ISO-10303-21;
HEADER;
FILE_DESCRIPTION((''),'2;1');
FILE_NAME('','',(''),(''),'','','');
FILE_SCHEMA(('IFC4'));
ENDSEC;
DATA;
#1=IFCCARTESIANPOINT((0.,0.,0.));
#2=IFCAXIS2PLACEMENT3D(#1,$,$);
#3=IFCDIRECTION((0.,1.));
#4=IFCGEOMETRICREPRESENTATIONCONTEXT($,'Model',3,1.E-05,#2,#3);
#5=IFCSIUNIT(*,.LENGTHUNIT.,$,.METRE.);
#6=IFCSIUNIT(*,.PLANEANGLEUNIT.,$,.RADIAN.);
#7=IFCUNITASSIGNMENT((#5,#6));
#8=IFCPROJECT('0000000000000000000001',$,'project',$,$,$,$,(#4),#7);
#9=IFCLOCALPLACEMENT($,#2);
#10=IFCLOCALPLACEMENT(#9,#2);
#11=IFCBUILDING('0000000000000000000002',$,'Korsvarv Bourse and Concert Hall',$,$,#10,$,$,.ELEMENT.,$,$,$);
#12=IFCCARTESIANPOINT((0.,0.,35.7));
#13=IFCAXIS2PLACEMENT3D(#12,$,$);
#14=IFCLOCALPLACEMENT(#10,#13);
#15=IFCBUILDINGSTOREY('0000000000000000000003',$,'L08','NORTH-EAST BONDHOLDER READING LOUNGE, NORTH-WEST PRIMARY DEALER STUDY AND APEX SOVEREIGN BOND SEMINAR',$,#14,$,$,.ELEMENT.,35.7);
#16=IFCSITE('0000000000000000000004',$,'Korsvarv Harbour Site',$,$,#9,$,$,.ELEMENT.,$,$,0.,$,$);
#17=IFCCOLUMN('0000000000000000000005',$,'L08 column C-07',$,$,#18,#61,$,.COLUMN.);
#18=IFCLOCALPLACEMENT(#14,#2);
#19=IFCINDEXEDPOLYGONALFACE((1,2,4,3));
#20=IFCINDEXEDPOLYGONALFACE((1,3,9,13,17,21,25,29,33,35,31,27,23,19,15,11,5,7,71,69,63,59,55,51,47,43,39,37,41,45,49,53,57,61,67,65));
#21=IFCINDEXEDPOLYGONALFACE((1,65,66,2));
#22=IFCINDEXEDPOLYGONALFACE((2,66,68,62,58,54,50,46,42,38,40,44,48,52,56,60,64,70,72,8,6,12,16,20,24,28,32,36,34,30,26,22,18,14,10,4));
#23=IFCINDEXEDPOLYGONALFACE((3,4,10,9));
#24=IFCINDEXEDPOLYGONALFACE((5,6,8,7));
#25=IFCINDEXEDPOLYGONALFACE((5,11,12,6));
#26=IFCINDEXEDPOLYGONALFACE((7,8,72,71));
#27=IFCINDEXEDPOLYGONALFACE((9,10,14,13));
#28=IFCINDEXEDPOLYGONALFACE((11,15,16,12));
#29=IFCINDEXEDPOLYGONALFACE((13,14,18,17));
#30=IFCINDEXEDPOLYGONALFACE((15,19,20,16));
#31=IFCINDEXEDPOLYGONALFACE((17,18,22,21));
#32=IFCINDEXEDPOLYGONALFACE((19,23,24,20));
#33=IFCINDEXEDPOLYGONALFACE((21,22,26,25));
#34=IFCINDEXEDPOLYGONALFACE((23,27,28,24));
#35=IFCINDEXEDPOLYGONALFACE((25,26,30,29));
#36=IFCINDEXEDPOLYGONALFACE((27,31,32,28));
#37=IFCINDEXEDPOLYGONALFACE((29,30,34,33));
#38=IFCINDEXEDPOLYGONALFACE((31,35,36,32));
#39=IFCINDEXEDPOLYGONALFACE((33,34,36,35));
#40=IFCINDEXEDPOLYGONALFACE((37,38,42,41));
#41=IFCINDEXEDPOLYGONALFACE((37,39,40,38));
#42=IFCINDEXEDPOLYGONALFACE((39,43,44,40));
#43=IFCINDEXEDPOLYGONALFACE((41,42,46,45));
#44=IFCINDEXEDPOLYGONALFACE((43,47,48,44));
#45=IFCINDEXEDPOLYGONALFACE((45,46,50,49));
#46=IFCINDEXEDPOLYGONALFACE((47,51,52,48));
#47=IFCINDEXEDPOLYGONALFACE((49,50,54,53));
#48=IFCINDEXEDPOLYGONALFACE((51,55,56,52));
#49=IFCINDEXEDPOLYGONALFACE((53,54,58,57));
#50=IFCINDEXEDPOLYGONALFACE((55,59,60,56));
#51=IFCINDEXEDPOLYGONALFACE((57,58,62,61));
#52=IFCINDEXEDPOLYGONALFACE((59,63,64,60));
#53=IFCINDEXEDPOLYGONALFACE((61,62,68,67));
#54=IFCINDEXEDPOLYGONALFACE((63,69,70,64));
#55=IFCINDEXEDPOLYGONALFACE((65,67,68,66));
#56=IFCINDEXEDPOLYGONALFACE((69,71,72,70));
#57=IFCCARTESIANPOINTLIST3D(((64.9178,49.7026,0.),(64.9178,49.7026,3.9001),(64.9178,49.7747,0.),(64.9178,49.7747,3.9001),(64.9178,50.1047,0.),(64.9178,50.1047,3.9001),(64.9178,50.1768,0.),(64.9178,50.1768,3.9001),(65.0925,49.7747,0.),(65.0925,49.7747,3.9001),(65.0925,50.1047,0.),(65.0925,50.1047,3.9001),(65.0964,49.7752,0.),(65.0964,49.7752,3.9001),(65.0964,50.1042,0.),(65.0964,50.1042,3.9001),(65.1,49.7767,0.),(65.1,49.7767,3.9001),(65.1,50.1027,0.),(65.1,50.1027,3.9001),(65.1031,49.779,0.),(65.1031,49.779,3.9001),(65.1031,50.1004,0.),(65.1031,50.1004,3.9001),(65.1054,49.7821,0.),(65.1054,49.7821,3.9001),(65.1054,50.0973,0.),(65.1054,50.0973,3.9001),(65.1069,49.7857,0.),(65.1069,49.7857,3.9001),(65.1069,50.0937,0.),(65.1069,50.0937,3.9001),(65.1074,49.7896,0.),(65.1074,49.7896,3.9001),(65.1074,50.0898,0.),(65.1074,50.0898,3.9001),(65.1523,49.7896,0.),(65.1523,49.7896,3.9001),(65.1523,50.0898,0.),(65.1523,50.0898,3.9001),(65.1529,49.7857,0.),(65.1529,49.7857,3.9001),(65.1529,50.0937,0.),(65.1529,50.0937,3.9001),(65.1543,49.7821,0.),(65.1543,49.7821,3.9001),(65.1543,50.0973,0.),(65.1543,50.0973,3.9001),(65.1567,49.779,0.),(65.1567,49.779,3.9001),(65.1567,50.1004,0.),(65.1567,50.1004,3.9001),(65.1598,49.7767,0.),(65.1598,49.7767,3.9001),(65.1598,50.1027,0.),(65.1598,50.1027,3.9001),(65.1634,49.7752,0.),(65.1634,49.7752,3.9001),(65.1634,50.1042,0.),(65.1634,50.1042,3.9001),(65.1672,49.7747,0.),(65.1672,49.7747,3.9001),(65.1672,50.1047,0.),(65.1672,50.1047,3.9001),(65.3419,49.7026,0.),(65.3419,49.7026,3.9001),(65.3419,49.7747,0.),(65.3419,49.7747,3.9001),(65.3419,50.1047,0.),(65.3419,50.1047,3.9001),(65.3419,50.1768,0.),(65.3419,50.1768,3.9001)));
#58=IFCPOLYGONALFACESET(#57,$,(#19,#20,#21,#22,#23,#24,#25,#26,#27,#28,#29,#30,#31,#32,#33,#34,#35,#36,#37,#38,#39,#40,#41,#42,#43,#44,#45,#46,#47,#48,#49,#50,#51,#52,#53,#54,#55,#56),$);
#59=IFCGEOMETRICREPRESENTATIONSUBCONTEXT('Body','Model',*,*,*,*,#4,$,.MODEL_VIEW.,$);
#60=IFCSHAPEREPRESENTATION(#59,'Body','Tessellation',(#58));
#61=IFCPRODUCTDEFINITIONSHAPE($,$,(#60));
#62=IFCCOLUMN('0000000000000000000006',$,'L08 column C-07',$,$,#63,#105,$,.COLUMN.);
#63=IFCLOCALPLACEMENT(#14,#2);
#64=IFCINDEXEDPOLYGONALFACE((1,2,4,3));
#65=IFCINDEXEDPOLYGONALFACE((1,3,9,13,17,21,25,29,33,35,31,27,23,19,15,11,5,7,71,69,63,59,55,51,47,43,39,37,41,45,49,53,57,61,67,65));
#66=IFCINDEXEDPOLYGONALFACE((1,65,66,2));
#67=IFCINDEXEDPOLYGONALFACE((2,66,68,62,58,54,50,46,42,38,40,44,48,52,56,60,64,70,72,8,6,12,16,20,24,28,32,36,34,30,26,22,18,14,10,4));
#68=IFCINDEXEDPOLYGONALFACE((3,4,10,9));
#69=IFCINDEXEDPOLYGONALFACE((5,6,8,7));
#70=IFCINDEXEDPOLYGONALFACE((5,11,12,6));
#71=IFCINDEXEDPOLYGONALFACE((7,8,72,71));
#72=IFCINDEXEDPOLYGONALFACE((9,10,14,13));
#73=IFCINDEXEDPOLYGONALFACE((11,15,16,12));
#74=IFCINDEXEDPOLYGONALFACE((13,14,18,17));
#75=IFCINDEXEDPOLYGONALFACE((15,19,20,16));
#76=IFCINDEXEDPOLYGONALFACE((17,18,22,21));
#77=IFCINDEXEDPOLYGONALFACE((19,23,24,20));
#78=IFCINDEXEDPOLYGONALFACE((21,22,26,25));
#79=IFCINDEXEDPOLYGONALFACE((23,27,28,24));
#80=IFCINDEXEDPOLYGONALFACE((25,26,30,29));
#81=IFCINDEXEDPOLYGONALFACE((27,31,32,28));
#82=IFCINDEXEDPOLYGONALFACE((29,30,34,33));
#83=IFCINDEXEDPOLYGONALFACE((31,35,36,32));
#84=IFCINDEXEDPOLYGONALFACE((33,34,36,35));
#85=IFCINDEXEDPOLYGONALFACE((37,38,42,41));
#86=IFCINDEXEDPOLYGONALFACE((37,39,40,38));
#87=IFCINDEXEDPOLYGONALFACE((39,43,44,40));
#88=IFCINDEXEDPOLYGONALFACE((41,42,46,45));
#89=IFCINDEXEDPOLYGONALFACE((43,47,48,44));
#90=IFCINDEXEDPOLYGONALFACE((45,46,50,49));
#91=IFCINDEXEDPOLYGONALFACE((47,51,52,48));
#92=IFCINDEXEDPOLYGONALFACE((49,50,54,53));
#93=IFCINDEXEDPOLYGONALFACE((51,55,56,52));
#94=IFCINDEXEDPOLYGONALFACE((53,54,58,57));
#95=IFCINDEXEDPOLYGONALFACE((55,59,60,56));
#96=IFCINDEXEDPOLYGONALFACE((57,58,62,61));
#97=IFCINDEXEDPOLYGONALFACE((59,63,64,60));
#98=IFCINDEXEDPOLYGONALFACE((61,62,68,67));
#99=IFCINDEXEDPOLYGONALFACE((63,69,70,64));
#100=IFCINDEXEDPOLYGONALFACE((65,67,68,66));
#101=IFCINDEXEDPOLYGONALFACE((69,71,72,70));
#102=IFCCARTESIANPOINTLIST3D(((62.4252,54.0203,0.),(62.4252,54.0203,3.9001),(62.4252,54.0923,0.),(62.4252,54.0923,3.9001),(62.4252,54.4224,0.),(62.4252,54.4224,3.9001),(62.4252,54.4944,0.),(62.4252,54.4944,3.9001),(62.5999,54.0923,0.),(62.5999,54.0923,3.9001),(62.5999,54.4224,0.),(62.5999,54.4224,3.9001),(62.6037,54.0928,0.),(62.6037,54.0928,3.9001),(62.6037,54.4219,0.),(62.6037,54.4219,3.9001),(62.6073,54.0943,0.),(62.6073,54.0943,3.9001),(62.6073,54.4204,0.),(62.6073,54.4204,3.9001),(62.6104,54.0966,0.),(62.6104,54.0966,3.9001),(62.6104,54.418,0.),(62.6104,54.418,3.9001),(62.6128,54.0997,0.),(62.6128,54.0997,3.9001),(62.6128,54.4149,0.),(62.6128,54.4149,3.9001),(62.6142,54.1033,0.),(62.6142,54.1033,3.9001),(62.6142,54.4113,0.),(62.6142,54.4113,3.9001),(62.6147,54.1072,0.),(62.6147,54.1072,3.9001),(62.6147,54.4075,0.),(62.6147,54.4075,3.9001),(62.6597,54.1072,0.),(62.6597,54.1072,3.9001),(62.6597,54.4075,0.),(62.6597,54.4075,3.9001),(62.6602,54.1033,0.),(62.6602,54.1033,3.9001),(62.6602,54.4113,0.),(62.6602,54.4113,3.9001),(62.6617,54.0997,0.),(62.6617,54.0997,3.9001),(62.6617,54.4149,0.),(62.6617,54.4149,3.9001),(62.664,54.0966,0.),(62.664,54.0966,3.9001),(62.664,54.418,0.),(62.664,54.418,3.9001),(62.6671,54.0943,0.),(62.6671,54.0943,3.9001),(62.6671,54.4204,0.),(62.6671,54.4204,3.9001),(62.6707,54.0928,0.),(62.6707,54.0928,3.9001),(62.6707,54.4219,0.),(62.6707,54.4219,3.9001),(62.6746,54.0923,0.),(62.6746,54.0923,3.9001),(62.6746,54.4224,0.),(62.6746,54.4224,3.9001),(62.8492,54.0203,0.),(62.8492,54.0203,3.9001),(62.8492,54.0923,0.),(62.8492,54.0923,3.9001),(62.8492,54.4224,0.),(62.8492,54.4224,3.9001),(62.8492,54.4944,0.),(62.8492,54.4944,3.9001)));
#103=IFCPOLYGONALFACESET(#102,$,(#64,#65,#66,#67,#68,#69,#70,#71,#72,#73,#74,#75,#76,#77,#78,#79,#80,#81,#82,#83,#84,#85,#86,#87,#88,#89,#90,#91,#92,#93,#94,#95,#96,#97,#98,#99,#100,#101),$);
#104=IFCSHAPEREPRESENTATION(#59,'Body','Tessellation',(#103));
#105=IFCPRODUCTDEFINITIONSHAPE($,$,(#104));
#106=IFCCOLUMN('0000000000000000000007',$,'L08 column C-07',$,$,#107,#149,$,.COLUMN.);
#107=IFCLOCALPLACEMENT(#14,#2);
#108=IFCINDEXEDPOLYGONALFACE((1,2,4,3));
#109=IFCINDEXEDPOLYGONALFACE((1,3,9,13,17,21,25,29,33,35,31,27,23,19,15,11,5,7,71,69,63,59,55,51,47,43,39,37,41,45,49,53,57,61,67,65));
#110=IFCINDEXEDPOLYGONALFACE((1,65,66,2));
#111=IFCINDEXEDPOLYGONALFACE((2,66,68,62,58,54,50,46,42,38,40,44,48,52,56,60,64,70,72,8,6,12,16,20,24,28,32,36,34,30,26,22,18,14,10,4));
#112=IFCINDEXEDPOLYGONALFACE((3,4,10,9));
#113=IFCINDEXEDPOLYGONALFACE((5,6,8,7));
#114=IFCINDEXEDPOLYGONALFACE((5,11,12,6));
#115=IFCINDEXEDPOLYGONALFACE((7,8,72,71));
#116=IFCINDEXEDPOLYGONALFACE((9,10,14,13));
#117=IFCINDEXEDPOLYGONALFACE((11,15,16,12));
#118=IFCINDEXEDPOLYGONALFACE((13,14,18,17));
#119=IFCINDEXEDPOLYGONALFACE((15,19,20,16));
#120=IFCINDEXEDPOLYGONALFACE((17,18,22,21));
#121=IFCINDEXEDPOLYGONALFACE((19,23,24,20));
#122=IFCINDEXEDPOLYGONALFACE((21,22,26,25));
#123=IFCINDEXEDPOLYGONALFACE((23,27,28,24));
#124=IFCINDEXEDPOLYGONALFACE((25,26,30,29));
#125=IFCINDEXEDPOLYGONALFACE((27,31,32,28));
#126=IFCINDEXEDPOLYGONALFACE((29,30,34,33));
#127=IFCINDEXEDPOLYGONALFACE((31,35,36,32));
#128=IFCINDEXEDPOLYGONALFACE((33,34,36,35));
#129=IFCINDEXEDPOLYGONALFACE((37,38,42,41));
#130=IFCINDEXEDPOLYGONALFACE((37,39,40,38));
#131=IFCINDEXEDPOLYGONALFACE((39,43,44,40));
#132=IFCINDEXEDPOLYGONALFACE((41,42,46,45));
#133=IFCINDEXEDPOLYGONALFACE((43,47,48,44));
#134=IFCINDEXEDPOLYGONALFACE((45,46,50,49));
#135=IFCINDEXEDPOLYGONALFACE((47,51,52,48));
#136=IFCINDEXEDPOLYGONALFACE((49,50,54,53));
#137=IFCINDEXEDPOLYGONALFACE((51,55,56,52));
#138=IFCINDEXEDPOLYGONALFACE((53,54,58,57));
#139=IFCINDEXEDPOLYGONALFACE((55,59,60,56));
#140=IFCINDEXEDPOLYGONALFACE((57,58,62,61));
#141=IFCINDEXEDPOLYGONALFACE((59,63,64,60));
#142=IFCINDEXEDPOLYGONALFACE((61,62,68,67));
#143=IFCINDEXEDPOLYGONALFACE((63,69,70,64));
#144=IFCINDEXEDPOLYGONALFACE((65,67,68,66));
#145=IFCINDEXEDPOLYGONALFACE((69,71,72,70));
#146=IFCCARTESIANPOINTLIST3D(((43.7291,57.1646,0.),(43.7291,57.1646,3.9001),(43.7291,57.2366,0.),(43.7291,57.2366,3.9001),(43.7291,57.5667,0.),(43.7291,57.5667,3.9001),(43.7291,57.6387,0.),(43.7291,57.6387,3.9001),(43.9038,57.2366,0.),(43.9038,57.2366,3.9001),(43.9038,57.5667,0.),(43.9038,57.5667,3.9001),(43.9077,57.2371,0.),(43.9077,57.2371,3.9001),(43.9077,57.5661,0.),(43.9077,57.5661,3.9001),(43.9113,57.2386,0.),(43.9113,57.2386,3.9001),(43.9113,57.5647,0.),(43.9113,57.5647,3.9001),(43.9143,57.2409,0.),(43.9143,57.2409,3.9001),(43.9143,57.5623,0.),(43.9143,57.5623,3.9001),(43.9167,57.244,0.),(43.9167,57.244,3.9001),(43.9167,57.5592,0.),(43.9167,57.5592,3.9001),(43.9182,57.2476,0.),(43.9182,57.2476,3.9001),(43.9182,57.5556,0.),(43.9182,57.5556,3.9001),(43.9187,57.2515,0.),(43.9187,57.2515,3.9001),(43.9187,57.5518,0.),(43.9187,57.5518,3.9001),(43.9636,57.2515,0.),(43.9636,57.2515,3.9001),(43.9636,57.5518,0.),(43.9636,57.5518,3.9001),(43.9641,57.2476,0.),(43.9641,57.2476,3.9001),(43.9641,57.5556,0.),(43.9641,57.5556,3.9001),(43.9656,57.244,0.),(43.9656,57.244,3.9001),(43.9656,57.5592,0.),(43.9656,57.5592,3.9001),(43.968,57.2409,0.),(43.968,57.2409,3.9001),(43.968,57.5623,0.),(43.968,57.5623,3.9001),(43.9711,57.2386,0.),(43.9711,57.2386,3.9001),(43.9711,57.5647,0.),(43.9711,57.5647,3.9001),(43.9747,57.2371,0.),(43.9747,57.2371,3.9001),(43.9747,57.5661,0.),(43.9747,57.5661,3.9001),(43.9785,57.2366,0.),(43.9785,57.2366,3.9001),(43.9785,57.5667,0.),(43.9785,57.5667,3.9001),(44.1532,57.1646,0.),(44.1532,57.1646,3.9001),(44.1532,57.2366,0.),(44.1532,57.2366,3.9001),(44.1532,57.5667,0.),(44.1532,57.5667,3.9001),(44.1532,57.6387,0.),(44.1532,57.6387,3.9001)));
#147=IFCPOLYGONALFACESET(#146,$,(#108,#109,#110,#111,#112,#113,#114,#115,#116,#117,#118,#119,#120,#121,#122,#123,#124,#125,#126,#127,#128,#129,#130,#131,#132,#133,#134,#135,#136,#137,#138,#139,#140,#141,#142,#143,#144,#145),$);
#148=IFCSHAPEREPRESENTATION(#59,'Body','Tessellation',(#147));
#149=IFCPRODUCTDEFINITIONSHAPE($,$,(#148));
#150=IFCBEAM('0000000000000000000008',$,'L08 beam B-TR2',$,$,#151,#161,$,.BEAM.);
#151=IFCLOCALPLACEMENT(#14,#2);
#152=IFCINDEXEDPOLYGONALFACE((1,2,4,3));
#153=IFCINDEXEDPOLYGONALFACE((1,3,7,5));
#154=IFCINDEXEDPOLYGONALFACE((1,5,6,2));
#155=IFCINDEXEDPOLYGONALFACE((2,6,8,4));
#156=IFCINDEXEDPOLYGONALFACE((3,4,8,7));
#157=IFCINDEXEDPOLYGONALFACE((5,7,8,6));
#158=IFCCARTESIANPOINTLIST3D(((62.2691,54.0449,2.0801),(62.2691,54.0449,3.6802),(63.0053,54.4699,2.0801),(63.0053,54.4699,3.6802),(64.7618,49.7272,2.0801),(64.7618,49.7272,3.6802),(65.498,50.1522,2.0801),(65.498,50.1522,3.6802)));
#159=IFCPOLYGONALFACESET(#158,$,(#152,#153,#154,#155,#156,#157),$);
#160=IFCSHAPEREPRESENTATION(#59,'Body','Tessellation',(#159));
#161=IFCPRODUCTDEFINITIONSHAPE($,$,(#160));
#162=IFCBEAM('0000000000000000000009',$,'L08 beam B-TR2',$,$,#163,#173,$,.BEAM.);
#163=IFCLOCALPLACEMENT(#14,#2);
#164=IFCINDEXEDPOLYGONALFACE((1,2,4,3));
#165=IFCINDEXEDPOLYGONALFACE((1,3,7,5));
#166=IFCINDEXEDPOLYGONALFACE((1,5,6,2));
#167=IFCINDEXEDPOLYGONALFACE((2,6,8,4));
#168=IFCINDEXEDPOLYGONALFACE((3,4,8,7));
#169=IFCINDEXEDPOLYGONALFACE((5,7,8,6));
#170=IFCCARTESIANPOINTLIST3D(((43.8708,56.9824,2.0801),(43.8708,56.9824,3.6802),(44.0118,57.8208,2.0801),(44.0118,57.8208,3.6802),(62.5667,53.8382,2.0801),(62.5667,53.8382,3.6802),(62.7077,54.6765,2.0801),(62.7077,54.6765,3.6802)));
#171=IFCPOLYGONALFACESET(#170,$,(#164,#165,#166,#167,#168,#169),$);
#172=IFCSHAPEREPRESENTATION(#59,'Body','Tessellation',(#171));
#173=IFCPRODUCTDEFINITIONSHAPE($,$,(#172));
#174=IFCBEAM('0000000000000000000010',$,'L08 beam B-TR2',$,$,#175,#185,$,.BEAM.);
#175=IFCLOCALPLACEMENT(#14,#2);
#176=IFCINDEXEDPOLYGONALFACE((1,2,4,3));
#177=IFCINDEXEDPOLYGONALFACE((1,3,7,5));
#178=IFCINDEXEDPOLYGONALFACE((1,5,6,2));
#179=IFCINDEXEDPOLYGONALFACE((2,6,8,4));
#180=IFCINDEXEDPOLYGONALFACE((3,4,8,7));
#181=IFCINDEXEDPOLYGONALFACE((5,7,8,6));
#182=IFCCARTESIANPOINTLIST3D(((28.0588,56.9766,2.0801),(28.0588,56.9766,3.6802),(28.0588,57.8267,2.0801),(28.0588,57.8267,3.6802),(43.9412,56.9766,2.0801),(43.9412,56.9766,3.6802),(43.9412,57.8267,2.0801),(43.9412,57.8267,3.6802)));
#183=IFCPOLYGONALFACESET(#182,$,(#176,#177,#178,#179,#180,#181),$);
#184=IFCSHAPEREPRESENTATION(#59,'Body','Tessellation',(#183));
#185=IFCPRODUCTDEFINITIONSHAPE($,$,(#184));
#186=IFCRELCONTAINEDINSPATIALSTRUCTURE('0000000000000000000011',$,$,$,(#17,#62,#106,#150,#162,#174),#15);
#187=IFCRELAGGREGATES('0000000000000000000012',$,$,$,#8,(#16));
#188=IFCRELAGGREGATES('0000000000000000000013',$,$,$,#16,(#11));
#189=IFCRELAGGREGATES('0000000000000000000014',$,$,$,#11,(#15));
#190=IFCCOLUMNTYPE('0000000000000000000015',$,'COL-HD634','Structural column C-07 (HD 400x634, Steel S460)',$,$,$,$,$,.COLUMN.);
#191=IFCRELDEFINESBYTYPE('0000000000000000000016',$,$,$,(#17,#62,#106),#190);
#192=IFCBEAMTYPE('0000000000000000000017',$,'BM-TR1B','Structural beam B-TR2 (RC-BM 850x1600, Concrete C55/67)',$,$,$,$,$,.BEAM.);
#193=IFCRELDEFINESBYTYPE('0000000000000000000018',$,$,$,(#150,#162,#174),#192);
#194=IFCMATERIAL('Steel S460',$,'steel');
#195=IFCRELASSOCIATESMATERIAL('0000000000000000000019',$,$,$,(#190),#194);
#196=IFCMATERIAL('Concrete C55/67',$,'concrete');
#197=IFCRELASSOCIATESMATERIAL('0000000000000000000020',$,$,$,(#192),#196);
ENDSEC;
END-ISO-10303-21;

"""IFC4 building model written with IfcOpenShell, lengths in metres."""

from ifc_helpers import new_model, si_unit, direction, frame, origin, origin_2d, place, context, subcontext, project, spatial, rectangle, i_section, extrude, source, transform, mapped, material, material_profile, profile_set, type_object, element, save


model = new_model("IFC4")

# Units and contexts
model_context = context("Model", 3, precision=1e-05, world=origin(), true_north=direction((0.0, 1.0)))
body_context = subcontext(model_context, "Body", "Model", "MODEL_VIEW")
ifc_project = project(units=[si_unit("LENGTHUNIT", "METRE"), si_unit("PLANEANGLEUNIT", "RADIAN")], contexts=[model_context])

# Site, building, storey
site_placement = place(None, origin())
site = spatial("IfcSite", under=ifc_project, at=site_placement, Name="Korsvarv Harbour Site", CompositionType="ELEMENT", RefElevation=0.0)
building_placement = place(site_placement, origin())
building = spatial("IfcBuilding", under=site, at=building_placement, Name="Korsvarv Bourse and Concert Hall", CompositionType="ELEMENT")
storey_placement = place(building_placement, frame((0.0, 0.0, 35.7)))
storey = spatial("IfcBuildingStorey", under=building, at=storey_placement, Name="L08", Description="NORTH-EAST BONDHOLDER READING LOUNGE, NORTH-WEST PRIMARY DEALER STUDY AND APEX SOVEREIGN BOND SEMINAR", CompositionType="ELEMENT", Elevation=35.7)

# Columns
ifc_material_1 = material(Name="Steel S460", Category="steel")
ifc_material_profile_1 = material_profile(ifc_material_1, i_section(OverallWidth=0.4241, OverallDepth=0.4741, WebThickness=0.0449, FlangeThickness=0.072, FilletRadius=0.0149, at=origin_2d()), Name="HD 400x634")
ifc_profile_set_1 = profile_set([ifc_material_profile_1], Name="Steel S460")
column_type = type_object("IfcColumnType", Name="COL-HD634", Description="Structural column C-07 (HD 400x634, Steel S460)", PredefinedType="COLUMN", material=ifc_profile_set_1)
shared_shape_1 = source(origin(), body_context, "Body", "SweptSolid", [
    extrude(i_section(OverallWidth=0.4241, OverallDepth=0.4741, WebThickness=0.0449, FlangeThickness=0.072, FilletRadius=0.0149, at=origin_2d()), origin(), (0.0, 0.0, 1.0), 3.9001),
])
for number, where, z_axis, x_axis, name in (
    (1, (65.1299, 49.9397, 0.0), (0.0, 0.0, 1.0), (1.0, 0.0, 0.0), "L08 column C-07"),
    (2, (62.6372, 54.2573, 0.0), (0.0, 0.0, 1.0), (1.0, 0.0, 0.0), "L08 column C-07"),
    (3, (43.9412, 57.4016, 0.0), (0.0, 0.0, 1.0), (1.0, 0.0, 0.0), "L08 column C-07"),
):
    element("IfcColumn", number, at=place(storey_placement, frame(where, z_axis=z_axis, x_axis=x_axis)), inside=storey, type_object=column_type, Name=name, PredefinedType="COLUMN", context=body_context, shape_type="MappedRepresentation", body=[
        mapped(shared_shape_1, transform((0.0, 0.0, 0.0), scale=1.0)),
    ])

# Beams
ifc_material_2 = material(Name="Concrete C55/67", Category="concrete")
ifc_material_profile_2 = material_profile(ifc_material_2, rectangle(XDim=0.8501, YDim=1.6001, at=origin_2d()), Name="RC-BM 850x1600")
ifc_profile_set_2 = profile_set([ifc_material_profile_2], Name="Concrete C55/67")
beam_type_1 = type_object("IfcBeamType", Name="BM-TR1B", Description="Structural beam B-TR2 (RC-BM 850x1600, Concrete C55/67)", PredefinedType="BEAM", material=ifc_profile_set_2)
shared_shape_2 = source(origin(), body_context, "Body", "SweptSolid", [
    extrude(rectangle(XDim=0.8501, YDim=1.6001, at=origin_2d()), origin(), (0.0, 0.0, 1.0), 4.9856),
])
beam_1_placement = place(storey_placement, frame((65.1299, 49.9397, 2.8801), z_axis=(-0.499984, 0.866035, 0.0), x_axis=(-0.866035, -0.499984, 0.0)))
element("IfcBeam", 4, at=beam_1_placement, inside=storey, type_object=beam_type_1, Name="L08 beam B-TR2", PredefinedType="BEAM", context=body_context, shape_type="MappedRepresentation", body=[
    mapped(shared_shape_2, transform((0.0, 0.0, 0.0), scale=1.0)),
])
shared_shape_3 = source(origin(), body_context, "Body", "SweptSolid", [
    extrude(rectangle(XDim=0.8501, YDim=1.6001, at=origin_2d()), origin(), (0.0, 0.0, 1.0), 18.9585),
])
beam_2_placement = place(storey_placement, frame((62.6372, 54.2573, 2.8801), z_axis=(-0.986151, 0.16585, 0.0), x_axis=(-0.16585, -0.986151, 0.0)))
element("IfcBeam", 5, at=beam_2_placement, inside=storey, type_object=beam_type_1, Name="L08 beam B-TR2", PredefinedType="BEAM", context=body_context, shape_type="MappedRepresentation", body=[
    mapped(shared_shape_3, transform((0.0, 0.0, 0.0), scale=1.0)),
])
shared_shape_4 = source(origin(), body_context, "Body", "SweptSolid", [
    extrude(rectangle(XDim=0.8501, YDim=1.6001, at=origin_2d()), origin(), (0.0, 0.0, 1.0), 15.8823),
])
beam_3_placement = place(storey_placement, frame((43.9412, 57.4016, 2.8801), z_axis=(-1.0, 0.0, 0.0), x_axis=(0.0, -1.0, 0.0)))
element("IfcBeam", 6, at=beam_3_placement, inside=storey, type_object=beam_type_1, Name="L08 beam B-TR2", PredefinedType="BEAM", context=body_context, shape_type="MappedRepresentation", body=[
    mapped(shared_shape_4, transform((0.0, 0.0, 0.0), scale=1.0)),
])

save(model, "model.ifc")
